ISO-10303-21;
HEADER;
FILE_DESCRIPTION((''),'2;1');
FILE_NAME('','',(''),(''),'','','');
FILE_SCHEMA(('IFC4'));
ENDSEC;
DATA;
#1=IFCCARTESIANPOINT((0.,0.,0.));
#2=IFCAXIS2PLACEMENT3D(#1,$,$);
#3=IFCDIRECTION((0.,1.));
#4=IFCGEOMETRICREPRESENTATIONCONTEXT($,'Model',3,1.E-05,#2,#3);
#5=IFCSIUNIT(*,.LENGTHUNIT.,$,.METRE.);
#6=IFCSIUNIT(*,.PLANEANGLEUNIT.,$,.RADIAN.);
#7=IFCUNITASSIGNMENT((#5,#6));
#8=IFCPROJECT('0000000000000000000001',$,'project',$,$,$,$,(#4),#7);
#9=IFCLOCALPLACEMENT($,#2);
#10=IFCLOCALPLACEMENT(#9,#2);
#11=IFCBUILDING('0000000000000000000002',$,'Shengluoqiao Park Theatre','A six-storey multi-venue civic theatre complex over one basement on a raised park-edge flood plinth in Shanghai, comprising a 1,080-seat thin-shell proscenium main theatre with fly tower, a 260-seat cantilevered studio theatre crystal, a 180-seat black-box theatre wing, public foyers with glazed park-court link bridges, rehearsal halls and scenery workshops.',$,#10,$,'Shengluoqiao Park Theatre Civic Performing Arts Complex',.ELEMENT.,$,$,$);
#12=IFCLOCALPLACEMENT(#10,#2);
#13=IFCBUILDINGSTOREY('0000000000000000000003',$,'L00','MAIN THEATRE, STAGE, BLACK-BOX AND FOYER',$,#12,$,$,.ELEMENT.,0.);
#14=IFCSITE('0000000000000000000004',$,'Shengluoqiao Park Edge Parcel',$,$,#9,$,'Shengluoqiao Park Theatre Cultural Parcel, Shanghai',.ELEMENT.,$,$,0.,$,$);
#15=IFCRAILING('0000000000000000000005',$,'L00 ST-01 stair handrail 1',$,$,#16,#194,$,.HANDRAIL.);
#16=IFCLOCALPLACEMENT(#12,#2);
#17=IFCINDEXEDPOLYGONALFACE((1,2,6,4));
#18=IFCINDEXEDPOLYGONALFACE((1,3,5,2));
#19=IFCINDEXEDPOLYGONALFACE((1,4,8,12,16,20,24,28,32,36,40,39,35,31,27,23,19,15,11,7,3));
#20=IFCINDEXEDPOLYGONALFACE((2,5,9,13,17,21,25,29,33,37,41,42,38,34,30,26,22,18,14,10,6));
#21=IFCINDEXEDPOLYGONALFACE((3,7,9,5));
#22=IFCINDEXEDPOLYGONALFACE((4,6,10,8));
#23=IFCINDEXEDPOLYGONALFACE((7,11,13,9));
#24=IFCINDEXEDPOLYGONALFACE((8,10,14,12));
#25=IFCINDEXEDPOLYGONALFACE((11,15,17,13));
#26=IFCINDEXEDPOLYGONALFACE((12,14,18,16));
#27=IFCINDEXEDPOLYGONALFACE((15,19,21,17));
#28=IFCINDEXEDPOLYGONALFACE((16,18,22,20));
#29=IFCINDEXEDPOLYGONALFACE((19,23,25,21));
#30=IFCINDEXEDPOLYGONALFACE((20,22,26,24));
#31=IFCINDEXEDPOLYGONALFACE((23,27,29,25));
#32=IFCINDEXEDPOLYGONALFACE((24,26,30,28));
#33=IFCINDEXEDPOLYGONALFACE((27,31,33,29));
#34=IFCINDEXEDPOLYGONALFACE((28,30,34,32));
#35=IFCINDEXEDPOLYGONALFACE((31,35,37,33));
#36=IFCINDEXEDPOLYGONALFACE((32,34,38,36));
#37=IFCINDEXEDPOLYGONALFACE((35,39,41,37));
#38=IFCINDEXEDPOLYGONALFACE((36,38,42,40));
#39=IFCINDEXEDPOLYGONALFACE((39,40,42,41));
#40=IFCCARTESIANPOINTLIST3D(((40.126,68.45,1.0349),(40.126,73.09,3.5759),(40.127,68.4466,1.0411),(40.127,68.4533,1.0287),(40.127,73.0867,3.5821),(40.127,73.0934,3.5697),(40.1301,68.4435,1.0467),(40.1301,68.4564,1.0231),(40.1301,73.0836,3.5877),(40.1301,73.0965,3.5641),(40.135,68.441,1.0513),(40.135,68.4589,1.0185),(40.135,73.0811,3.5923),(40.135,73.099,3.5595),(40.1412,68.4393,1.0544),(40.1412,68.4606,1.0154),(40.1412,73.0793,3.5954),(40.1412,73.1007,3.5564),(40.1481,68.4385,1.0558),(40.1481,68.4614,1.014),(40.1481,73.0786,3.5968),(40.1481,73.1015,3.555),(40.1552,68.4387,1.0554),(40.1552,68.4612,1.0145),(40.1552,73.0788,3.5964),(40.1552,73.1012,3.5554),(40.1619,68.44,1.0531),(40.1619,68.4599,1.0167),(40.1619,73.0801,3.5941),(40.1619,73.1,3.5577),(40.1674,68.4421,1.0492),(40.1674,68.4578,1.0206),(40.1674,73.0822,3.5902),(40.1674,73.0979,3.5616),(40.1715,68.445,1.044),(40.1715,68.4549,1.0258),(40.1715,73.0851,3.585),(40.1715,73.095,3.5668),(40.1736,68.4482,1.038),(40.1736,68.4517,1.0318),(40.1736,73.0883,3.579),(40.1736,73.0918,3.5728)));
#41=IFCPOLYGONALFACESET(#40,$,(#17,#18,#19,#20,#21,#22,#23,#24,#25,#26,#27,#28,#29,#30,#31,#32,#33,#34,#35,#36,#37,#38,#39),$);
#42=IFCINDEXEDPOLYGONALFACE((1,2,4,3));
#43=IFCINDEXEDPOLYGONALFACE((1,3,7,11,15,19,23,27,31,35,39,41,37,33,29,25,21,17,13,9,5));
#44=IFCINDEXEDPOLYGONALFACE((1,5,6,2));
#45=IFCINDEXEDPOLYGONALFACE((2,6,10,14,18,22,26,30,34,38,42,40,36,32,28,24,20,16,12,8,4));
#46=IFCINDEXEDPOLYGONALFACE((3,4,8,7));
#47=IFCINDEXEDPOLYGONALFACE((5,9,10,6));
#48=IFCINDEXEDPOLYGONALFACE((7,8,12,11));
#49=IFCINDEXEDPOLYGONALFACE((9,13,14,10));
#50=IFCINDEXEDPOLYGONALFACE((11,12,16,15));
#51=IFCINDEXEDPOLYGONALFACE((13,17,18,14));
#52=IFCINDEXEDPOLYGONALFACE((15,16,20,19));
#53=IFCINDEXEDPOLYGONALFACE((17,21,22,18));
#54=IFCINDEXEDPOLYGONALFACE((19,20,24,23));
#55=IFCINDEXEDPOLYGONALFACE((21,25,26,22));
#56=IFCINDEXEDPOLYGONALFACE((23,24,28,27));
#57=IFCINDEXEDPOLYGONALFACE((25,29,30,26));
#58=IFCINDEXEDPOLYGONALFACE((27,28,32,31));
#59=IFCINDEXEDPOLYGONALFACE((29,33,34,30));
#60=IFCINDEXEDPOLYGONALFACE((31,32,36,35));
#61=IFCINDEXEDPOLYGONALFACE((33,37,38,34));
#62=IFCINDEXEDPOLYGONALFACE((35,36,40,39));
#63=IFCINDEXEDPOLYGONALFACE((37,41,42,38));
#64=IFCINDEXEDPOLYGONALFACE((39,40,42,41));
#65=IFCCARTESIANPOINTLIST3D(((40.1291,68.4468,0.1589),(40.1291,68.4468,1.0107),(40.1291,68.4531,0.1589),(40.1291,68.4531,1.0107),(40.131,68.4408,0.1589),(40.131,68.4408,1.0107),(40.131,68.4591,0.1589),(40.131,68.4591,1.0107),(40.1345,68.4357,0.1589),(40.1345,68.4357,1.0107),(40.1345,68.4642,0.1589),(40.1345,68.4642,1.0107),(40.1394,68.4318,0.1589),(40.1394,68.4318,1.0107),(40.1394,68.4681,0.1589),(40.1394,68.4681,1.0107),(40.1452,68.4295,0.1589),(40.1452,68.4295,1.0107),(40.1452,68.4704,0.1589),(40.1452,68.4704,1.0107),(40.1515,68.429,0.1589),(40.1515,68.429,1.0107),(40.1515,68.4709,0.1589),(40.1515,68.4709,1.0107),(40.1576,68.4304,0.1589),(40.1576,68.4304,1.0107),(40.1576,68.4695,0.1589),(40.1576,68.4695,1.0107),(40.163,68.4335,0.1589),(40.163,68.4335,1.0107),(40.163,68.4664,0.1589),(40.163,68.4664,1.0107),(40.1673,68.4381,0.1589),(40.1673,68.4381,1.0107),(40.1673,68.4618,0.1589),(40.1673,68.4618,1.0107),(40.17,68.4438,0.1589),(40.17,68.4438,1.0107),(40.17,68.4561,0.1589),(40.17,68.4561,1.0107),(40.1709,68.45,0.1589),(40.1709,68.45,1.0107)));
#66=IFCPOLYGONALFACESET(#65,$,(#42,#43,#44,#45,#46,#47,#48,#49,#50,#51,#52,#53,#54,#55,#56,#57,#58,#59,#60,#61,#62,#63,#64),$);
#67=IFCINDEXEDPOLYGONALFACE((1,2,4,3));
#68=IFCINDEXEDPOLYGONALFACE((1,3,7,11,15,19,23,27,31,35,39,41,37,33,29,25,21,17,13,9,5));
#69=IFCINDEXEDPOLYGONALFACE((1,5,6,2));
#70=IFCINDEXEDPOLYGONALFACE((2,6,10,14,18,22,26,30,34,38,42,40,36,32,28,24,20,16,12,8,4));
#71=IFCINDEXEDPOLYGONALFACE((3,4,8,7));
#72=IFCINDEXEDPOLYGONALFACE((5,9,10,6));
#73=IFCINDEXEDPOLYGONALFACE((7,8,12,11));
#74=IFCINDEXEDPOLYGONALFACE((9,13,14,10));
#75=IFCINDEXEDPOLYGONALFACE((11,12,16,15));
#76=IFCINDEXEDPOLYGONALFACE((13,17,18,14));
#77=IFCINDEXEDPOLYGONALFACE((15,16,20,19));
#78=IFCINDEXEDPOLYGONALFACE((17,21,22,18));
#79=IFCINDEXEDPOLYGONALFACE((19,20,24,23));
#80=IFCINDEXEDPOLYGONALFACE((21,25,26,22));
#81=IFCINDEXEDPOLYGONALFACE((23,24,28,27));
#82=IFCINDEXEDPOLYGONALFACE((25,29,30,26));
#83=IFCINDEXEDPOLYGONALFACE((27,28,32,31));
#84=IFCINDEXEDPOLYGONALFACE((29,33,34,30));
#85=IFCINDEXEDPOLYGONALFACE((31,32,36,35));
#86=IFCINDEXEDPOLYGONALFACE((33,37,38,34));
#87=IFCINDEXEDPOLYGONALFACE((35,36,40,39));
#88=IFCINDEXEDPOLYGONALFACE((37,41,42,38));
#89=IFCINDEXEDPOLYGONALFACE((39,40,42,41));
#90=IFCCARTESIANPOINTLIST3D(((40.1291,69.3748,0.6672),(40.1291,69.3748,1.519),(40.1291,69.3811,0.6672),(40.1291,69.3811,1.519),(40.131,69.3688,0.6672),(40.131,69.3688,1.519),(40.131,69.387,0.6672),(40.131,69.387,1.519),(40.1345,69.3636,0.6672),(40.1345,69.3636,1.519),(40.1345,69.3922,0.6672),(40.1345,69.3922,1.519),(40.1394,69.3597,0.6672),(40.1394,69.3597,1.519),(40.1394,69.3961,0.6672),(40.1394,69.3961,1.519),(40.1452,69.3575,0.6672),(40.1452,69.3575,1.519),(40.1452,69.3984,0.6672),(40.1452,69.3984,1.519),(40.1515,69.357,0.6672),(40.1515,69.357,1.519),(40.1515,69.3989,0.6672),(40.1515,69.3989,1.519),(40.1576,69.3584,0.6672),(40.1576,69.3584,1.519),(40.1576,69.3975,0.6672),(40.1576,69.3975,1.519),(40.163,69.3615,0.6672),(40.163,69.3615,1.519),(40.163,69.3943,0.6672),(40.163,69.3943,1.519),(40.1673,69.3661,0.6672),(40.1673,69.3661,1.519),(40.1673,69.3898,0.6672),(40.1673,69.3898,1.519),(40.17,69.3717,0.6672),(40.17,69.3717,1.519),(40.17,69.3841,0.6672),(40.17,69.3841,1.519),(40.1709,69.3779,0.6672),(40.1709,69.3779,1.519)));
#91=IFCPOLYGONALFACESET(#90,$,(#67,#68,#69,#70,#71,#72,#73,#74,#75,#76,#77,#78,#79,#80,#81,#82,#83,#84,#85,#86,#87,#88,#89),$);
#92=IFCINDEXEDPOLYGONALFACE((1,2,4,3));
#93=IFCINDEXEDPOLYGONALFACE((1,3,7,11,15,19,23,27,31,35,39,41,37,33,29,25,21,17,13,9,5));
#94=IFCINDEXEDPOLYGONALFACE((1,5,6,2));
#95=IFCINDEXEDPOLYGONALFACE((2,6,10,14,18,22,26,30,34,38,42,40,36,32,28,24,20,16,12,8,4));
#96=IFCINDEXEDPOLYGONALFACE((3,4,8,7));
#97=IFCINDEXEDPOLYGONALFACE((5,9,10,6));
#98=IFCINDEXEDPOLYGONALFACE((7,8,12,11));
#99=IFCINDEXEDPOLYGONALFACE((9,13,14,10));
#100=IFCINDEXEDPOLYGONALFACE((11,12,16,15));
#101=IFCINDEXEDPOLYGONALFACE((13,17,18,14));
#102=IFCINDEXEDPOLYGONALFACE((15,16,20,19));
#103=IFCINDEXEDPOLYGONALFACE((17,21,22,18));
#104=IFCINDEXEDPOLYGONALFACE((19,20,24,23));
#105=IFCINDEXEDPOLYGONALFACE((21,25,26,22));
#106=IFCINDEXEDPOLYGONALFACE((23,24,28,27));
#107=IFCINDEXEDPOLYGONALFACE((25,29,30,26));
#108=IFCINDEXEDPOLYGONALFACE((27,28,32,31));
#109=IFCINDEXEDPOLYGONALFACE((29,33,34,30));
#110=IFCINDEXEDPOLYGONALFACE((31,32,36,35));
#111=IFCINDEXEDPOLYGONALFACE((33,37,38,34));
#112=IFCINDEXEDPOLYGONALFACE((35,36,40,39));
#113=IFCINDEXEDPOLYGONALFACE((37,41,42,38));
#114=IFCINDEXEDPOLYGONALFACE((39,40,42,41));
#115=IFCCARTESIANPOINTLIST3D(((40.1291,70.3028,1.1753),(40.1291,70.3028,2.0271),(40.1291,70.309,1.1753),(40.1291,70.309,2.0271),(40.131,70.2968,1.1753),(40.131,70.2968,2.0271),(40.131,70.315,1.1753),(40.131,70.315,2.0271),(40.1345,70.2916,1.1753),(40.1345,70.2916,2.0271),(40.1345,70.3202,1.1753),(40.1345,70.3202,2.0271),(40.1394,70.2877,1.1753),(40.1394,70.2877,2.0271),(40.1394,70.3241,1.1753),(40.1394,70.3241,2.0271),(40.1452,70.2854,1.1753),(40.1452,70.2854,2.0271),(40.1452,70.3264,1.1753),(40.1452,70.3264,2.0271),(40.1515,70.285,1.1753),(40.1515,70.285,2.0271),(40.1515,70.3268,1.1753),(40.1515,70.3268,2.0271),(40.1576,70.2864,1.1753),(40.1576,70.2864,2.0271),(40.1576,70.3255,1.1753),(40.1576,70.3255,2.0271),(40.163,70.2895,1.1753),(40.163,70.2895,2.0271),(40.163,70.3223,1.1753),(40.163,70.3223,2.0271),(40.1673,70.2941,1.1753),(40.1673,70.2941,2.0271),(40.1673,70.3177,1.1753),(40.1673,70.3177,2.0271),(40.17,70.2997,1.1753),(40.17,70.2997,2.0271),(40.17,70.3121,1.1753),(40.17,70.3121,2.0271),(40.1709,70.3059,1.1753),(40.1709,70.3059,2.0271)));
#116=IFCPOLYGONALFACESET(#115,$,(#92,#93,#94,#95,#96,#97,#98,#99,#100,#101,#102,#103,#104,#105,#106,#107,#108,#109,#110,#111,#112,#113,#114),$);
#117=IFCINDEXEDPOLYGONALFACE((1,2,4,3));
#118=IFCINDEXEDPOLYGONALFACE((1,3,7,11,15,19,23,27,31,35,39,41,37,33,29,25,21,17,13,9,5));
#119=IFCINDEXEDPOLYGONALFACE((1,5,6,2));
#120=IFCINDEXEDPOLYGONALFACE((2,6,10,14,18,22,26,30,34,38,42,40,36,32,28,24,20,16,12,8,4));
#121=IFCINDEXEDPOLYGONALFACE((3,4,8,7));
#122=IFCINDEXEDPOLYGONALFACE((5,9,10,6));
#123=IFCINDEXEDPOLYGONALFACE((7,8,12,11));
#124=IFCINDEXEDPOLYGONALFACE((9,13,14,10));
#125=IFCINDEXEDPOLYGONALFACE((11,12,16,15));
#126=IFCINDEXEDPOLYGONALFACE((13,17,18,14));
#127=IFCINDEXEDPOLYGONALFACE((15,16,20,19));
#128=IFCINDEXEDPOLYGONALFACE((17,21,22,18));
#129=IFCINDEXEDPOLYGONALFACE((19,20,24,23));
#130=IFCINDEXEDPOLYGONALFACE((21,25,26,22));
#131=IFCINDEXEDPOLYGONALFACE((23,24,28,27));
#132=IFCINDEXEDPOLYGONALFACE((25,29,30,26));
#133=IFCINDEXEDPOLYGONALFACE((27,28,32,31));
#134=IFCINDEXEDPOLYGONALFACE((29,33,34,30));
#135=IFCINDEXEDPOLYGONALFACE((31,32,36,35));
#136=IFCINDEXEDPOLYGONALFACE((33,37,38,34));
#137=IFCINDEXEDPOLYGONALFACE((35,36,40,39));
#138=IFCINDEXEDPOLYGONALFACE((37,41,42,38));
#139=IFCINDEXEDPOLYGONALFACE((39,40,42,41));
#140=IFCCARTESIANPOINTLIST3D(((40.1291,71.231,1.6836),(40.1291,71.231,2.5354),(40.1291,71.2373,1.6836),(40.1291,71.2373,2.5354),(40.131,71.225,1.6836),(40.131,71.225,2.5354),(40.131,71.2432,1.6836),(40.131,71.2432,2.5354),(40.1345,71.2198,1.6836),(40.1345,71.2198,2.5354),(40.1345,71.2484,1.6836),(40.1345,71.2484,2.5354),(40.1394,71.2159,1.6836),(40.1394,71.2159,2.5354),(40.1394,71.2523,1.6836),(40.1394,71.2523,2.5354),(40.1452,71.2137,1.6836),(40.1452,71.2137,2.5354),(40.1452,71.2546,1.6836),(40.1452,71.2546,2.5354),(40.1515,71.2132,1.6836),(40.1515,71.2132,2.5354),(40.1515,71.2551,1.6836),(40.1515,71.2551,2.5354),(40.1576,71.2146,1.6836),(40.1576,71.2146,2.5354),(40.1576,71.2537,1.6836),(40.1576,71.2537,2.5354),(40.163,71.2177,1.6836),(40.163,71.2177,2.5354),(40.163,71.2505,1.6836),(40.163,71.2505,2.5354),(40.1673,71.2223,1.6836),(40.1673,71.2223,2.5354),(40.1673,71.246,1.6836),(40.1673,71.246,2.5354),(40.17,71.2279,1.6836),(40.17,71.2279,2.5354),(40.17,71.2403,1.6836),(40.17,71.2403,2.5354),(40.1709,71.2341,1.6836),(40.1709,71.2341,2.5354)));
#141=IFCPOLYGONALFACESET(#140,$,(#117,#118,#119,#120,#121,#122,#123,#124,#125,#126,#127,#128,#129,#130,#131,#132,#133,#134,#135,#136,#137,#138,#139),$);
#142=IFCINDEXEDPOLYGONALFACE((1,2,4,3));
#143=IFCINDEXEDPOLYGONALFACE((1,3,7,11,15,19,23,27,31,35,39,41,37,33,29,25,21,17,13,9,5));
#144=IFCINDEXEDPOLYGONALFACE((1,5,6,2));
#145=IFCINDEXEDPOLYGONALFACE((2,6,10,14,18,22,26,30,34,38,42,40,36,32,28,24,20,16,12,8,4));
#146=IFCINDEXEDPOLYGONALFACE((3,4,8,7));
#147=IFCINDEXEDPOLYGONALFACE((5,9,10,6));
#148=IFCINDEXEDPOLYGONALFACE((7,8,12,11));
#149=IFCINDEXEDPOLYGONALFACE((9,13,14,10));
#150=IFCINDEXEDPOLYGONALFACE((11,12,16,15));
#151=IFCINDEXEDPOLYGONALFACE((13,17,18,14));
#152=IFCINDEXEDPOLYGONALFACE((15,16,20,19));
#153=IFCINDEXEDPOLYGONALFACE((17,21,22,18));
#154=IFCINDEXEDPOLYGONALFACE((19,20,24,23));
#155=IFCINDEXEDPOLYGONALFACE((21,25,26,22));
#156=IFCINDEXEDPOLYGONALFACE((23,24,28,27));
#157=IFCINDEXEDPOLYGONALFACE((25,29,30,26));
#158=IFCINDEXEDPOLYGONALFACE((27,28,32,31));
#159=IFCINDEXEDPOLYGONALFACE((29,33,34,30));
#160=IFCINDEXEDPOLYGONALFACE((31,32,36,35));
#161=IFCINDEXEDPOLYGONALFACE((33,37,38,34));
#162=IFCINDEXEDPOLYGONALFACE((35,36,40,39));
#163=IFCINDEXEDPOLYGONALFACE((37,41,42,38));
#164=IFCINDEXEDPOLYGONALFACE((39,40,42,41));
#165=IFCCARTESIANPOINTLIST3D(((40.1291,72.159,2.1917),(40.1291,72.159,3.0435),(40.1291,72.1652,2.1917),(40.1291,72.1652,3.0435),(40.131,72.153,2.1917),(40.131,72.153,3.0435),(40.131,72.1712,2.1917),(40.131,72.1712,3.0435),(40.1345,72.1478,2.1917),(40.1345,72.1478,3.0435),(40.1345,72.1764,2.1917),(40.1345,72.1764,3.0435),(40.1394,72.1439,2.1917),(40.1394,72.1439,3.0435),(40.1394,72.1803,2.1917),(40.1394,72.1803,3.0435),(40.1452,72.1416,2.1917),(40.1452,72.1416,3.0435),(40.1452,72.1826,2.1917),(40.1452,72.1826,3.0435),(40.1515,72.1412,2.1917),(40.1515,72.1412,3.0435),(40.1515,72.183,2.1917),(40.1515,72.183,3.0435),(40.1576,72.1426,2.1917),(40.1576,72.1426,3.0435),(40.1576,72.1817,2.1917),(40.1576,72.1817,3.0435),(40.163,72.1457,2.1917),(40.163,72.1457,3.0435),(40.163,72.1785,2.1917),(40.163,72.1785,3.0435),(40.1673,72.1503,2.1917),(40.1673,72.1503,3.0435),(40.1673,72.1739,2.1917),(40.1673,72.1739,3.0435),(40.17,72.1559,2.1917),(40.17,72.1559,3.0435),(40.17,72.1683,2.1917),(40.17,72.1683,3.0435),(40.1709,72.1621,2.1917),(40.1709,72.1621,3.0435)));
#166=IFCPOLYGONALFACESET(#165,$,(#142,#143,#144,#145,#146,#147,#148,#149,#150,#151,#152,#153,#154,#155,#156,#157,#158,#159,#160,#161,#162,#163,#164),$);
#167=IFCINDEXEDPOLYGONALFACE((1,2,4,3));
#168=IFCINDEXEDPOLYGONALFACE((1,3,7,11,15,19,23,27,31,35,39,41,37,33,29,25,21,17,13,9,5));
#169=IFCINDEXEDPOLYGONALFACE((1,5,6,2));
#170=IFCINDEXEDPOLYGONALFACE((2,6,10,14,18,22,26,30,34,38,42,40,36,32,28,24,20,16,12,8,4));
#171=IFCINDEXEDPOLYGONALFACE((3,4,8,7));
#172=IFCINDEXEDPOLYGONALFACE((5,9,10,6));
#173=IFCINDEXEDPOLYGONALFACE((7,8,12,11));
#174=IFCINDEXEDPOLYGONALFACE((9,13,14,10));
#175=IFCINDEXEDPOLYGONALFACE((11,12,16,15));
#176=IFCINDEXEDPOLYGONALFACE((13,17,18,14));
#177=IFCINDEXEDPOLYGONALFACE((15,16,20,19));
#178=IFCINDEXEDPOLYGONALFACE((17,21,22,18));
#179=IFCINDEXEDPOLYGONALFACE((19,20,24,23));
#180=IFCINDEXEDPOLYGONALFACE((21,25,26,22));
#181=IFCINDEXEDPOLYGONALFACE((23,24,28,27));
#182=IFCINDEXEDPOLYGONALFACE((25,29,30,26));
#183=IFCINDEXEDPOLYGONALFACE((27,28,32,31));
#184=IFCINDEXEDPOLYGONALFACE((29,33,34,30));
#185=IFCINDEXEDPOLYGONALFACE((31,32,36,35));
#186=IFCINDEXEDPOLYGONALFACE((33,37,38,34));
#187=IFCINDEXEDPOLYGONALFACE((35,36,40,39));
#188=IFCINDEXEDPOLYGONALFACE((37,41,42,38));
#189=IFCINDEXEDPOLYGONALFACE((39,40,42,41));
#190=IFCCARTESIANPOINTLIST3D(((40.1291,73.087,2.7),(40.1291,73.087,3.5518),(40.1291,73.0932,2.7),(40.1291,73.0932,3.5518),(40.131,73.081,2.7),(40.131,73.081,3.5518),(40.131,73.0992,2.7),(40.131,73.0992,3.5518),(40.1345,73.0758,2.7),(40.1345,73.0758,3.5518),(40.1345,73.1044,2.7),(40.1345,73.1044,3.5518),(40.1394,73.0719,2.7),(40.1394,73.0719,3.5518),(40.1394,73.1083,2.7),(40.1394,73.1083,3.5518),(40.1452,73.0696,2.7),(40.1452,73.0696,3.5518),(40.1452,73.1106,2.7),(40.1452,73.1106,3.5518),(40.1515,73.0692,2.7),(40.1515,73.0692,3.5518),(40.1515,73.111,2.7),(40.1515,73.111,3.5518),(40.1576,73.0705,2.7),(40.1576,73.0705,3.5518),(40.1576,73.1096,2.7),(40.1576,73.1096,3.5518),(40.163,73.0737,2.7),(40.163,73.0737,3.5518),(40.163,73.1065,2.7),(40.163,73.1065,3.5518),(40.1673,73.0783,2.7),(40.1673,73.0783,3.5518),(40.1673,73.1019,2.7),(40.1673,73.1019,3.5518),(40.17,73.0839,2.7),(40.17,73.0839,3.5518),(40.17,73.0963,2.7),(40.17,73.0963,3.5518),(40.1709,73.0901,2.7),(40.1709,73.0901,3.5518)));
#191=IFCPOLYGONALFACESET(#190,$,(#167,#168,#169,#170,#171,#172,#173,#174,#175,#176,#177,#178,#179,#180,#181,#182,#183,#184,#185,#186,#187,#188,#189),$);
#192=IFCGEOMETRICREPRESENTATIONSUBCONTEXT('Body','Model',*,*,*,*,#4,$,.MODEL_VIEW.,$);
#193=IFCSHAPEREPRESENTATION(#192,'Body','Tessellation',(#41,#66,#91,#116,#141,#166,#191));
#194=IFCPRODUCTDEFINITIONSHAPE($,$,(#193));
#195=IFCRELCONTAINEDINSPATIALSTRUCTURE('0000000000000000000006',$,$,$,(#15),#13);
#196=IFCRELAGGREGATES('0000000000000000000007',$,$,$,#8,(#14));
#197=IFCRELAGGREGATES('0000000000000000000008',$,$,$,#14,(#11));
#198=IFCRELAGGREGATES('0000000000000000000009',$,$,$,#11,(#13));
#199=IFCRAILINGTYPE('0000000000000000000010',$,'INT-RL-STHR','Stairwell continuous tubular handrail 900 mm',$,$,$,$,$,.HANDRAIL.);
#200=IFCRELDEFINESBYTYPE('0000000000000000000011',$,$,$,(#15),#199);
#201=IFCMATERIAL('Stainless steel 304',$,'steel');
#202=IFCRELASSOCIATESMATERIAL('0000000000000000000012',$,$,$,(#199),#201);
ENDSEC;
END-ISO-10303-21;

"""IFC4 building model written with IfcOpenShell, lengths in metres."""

from ifc_helpers import new_model, si_unit, direction, frame, origin, origin_2d, place, context, subcontext, project, spatial, circle, extrude, material, type_object, element, save


model = new_model("IFC4")

# Units and contexts
model_context = context("Model", 3, precision=1e-05, world=origin(), true_north=direction((0.0, 1.0)))
body_context = subcontext(model_context, "Body", "Model", "MODEL_VIEW")
ifc_project = project(units=[si_unit("LENGTHUNIT", "METRE"), si_unit("PLANEANGLEUNIT", "RADIAN")], contexts=[model_context])

# Site, building, storey
site_placement = place(None, origin())
site = spatial("IfcSite", under=ifc_project, at=site_placement, Name="Shengluoqiao Park Edge Parcel", LongName="Shengluoqiao Park Theatre Cultural Parcel, Shanghai", CompositionType="ELEMENT", RefElevation=0.0)
building_placement = place(site_placement, origin())
building = spatial("IfcBuilding", under=site, at=building_placement, Name="Shengluoqiao Park Theatre", Description="A six-storey multi-venue civic theatre complex over one basement on a raised park-edge flood plinth in Shanghai, comprising a 1,080-seat thin-shell proscenium main theatre with fly tower, a 260-seat cantilevered studio theatre crystal, a 180-seat black-box theatre wing, public foyers with glazed park-court link bridges, rehearsal halls and scenery workshops.", LongName="Shengluoqiao Park Theatre Civic Performing Arts Complex", CompositionType="ELEMENT")
storey_placement = place(building_placement, origin())
storey = spatial("IfcBuildingStorey", under=building, at=storey_placement, Name="L00", Description="MAIN THEATRE, STAGE, BLACK-BOX AND FOYER", CompositionType="ELEMENT", Elevation=0.0)

# Railing
ifc_material_1 = material(Name="Stainless steel 304", Category="steel")
railing_type_1 = type_object("IfcRailingType", Name="INT-RL-STHR", Description="Stairwell continuous tubular handrail 900 mm", PredefinedType="HANDRAIL", material=ifc_material_1)
railing_1_placement = place(storey_placement, frame((40.1499, 68.45, 0.1589)))
element("IfcRailing", 1, at=railing_1_placement, inside=storey, type_object=railing_type_1, Name="L00 ST-01 stair handrail 1", PredefinedType="HANDRAIL", context=body_context, shape_type="SweptSolid", body=[
    extrude(circle(Radius=0.0239, at=origin_2d()), frame((0.0, 0.0, 0.876), z_axis=(0.0, 0.877097, 0.480313), x_axis=(-1.0, 0.0, 0.0)), (0.0, 0.0, 1.0), 5.2903),
    extrude(circle(Radius=0.021, at=origin_2d()), origin(), (0.0, 0.0, 1.0), 0.8518),
    extrude(circle(Radius=0.021, at=origin_2d()), frame((0.0, 0.928, 0.5083)), (0.0, 0.0, 1.0), 0.8518),
    extrude(circle(Radius=0.021, at=origin_2d()), frame((0.0, 1.856, 1.0164)), (0.0, 0.0, 1.0), 0.8518),
    extrude(circle(Radius=0.021, at=origin_2d()), frame((0.0, 2.7842, 1.5247)), (0.0, 0.0, 1.0), 0.8518),
    extrude(circle(Radius=0.021, at=origin_2d()), frame((0.0, 3.7122, 2.0327)), (0.0, 0.0, 1.0), 0.8518),
    extrude(circle(Radius=0.021, at=origin_2d()), frame((0.0, 4.6401, 2.541)), (0.0, 0.0, 1.0), 0.8518),
])

save(model, "model.ifc")
